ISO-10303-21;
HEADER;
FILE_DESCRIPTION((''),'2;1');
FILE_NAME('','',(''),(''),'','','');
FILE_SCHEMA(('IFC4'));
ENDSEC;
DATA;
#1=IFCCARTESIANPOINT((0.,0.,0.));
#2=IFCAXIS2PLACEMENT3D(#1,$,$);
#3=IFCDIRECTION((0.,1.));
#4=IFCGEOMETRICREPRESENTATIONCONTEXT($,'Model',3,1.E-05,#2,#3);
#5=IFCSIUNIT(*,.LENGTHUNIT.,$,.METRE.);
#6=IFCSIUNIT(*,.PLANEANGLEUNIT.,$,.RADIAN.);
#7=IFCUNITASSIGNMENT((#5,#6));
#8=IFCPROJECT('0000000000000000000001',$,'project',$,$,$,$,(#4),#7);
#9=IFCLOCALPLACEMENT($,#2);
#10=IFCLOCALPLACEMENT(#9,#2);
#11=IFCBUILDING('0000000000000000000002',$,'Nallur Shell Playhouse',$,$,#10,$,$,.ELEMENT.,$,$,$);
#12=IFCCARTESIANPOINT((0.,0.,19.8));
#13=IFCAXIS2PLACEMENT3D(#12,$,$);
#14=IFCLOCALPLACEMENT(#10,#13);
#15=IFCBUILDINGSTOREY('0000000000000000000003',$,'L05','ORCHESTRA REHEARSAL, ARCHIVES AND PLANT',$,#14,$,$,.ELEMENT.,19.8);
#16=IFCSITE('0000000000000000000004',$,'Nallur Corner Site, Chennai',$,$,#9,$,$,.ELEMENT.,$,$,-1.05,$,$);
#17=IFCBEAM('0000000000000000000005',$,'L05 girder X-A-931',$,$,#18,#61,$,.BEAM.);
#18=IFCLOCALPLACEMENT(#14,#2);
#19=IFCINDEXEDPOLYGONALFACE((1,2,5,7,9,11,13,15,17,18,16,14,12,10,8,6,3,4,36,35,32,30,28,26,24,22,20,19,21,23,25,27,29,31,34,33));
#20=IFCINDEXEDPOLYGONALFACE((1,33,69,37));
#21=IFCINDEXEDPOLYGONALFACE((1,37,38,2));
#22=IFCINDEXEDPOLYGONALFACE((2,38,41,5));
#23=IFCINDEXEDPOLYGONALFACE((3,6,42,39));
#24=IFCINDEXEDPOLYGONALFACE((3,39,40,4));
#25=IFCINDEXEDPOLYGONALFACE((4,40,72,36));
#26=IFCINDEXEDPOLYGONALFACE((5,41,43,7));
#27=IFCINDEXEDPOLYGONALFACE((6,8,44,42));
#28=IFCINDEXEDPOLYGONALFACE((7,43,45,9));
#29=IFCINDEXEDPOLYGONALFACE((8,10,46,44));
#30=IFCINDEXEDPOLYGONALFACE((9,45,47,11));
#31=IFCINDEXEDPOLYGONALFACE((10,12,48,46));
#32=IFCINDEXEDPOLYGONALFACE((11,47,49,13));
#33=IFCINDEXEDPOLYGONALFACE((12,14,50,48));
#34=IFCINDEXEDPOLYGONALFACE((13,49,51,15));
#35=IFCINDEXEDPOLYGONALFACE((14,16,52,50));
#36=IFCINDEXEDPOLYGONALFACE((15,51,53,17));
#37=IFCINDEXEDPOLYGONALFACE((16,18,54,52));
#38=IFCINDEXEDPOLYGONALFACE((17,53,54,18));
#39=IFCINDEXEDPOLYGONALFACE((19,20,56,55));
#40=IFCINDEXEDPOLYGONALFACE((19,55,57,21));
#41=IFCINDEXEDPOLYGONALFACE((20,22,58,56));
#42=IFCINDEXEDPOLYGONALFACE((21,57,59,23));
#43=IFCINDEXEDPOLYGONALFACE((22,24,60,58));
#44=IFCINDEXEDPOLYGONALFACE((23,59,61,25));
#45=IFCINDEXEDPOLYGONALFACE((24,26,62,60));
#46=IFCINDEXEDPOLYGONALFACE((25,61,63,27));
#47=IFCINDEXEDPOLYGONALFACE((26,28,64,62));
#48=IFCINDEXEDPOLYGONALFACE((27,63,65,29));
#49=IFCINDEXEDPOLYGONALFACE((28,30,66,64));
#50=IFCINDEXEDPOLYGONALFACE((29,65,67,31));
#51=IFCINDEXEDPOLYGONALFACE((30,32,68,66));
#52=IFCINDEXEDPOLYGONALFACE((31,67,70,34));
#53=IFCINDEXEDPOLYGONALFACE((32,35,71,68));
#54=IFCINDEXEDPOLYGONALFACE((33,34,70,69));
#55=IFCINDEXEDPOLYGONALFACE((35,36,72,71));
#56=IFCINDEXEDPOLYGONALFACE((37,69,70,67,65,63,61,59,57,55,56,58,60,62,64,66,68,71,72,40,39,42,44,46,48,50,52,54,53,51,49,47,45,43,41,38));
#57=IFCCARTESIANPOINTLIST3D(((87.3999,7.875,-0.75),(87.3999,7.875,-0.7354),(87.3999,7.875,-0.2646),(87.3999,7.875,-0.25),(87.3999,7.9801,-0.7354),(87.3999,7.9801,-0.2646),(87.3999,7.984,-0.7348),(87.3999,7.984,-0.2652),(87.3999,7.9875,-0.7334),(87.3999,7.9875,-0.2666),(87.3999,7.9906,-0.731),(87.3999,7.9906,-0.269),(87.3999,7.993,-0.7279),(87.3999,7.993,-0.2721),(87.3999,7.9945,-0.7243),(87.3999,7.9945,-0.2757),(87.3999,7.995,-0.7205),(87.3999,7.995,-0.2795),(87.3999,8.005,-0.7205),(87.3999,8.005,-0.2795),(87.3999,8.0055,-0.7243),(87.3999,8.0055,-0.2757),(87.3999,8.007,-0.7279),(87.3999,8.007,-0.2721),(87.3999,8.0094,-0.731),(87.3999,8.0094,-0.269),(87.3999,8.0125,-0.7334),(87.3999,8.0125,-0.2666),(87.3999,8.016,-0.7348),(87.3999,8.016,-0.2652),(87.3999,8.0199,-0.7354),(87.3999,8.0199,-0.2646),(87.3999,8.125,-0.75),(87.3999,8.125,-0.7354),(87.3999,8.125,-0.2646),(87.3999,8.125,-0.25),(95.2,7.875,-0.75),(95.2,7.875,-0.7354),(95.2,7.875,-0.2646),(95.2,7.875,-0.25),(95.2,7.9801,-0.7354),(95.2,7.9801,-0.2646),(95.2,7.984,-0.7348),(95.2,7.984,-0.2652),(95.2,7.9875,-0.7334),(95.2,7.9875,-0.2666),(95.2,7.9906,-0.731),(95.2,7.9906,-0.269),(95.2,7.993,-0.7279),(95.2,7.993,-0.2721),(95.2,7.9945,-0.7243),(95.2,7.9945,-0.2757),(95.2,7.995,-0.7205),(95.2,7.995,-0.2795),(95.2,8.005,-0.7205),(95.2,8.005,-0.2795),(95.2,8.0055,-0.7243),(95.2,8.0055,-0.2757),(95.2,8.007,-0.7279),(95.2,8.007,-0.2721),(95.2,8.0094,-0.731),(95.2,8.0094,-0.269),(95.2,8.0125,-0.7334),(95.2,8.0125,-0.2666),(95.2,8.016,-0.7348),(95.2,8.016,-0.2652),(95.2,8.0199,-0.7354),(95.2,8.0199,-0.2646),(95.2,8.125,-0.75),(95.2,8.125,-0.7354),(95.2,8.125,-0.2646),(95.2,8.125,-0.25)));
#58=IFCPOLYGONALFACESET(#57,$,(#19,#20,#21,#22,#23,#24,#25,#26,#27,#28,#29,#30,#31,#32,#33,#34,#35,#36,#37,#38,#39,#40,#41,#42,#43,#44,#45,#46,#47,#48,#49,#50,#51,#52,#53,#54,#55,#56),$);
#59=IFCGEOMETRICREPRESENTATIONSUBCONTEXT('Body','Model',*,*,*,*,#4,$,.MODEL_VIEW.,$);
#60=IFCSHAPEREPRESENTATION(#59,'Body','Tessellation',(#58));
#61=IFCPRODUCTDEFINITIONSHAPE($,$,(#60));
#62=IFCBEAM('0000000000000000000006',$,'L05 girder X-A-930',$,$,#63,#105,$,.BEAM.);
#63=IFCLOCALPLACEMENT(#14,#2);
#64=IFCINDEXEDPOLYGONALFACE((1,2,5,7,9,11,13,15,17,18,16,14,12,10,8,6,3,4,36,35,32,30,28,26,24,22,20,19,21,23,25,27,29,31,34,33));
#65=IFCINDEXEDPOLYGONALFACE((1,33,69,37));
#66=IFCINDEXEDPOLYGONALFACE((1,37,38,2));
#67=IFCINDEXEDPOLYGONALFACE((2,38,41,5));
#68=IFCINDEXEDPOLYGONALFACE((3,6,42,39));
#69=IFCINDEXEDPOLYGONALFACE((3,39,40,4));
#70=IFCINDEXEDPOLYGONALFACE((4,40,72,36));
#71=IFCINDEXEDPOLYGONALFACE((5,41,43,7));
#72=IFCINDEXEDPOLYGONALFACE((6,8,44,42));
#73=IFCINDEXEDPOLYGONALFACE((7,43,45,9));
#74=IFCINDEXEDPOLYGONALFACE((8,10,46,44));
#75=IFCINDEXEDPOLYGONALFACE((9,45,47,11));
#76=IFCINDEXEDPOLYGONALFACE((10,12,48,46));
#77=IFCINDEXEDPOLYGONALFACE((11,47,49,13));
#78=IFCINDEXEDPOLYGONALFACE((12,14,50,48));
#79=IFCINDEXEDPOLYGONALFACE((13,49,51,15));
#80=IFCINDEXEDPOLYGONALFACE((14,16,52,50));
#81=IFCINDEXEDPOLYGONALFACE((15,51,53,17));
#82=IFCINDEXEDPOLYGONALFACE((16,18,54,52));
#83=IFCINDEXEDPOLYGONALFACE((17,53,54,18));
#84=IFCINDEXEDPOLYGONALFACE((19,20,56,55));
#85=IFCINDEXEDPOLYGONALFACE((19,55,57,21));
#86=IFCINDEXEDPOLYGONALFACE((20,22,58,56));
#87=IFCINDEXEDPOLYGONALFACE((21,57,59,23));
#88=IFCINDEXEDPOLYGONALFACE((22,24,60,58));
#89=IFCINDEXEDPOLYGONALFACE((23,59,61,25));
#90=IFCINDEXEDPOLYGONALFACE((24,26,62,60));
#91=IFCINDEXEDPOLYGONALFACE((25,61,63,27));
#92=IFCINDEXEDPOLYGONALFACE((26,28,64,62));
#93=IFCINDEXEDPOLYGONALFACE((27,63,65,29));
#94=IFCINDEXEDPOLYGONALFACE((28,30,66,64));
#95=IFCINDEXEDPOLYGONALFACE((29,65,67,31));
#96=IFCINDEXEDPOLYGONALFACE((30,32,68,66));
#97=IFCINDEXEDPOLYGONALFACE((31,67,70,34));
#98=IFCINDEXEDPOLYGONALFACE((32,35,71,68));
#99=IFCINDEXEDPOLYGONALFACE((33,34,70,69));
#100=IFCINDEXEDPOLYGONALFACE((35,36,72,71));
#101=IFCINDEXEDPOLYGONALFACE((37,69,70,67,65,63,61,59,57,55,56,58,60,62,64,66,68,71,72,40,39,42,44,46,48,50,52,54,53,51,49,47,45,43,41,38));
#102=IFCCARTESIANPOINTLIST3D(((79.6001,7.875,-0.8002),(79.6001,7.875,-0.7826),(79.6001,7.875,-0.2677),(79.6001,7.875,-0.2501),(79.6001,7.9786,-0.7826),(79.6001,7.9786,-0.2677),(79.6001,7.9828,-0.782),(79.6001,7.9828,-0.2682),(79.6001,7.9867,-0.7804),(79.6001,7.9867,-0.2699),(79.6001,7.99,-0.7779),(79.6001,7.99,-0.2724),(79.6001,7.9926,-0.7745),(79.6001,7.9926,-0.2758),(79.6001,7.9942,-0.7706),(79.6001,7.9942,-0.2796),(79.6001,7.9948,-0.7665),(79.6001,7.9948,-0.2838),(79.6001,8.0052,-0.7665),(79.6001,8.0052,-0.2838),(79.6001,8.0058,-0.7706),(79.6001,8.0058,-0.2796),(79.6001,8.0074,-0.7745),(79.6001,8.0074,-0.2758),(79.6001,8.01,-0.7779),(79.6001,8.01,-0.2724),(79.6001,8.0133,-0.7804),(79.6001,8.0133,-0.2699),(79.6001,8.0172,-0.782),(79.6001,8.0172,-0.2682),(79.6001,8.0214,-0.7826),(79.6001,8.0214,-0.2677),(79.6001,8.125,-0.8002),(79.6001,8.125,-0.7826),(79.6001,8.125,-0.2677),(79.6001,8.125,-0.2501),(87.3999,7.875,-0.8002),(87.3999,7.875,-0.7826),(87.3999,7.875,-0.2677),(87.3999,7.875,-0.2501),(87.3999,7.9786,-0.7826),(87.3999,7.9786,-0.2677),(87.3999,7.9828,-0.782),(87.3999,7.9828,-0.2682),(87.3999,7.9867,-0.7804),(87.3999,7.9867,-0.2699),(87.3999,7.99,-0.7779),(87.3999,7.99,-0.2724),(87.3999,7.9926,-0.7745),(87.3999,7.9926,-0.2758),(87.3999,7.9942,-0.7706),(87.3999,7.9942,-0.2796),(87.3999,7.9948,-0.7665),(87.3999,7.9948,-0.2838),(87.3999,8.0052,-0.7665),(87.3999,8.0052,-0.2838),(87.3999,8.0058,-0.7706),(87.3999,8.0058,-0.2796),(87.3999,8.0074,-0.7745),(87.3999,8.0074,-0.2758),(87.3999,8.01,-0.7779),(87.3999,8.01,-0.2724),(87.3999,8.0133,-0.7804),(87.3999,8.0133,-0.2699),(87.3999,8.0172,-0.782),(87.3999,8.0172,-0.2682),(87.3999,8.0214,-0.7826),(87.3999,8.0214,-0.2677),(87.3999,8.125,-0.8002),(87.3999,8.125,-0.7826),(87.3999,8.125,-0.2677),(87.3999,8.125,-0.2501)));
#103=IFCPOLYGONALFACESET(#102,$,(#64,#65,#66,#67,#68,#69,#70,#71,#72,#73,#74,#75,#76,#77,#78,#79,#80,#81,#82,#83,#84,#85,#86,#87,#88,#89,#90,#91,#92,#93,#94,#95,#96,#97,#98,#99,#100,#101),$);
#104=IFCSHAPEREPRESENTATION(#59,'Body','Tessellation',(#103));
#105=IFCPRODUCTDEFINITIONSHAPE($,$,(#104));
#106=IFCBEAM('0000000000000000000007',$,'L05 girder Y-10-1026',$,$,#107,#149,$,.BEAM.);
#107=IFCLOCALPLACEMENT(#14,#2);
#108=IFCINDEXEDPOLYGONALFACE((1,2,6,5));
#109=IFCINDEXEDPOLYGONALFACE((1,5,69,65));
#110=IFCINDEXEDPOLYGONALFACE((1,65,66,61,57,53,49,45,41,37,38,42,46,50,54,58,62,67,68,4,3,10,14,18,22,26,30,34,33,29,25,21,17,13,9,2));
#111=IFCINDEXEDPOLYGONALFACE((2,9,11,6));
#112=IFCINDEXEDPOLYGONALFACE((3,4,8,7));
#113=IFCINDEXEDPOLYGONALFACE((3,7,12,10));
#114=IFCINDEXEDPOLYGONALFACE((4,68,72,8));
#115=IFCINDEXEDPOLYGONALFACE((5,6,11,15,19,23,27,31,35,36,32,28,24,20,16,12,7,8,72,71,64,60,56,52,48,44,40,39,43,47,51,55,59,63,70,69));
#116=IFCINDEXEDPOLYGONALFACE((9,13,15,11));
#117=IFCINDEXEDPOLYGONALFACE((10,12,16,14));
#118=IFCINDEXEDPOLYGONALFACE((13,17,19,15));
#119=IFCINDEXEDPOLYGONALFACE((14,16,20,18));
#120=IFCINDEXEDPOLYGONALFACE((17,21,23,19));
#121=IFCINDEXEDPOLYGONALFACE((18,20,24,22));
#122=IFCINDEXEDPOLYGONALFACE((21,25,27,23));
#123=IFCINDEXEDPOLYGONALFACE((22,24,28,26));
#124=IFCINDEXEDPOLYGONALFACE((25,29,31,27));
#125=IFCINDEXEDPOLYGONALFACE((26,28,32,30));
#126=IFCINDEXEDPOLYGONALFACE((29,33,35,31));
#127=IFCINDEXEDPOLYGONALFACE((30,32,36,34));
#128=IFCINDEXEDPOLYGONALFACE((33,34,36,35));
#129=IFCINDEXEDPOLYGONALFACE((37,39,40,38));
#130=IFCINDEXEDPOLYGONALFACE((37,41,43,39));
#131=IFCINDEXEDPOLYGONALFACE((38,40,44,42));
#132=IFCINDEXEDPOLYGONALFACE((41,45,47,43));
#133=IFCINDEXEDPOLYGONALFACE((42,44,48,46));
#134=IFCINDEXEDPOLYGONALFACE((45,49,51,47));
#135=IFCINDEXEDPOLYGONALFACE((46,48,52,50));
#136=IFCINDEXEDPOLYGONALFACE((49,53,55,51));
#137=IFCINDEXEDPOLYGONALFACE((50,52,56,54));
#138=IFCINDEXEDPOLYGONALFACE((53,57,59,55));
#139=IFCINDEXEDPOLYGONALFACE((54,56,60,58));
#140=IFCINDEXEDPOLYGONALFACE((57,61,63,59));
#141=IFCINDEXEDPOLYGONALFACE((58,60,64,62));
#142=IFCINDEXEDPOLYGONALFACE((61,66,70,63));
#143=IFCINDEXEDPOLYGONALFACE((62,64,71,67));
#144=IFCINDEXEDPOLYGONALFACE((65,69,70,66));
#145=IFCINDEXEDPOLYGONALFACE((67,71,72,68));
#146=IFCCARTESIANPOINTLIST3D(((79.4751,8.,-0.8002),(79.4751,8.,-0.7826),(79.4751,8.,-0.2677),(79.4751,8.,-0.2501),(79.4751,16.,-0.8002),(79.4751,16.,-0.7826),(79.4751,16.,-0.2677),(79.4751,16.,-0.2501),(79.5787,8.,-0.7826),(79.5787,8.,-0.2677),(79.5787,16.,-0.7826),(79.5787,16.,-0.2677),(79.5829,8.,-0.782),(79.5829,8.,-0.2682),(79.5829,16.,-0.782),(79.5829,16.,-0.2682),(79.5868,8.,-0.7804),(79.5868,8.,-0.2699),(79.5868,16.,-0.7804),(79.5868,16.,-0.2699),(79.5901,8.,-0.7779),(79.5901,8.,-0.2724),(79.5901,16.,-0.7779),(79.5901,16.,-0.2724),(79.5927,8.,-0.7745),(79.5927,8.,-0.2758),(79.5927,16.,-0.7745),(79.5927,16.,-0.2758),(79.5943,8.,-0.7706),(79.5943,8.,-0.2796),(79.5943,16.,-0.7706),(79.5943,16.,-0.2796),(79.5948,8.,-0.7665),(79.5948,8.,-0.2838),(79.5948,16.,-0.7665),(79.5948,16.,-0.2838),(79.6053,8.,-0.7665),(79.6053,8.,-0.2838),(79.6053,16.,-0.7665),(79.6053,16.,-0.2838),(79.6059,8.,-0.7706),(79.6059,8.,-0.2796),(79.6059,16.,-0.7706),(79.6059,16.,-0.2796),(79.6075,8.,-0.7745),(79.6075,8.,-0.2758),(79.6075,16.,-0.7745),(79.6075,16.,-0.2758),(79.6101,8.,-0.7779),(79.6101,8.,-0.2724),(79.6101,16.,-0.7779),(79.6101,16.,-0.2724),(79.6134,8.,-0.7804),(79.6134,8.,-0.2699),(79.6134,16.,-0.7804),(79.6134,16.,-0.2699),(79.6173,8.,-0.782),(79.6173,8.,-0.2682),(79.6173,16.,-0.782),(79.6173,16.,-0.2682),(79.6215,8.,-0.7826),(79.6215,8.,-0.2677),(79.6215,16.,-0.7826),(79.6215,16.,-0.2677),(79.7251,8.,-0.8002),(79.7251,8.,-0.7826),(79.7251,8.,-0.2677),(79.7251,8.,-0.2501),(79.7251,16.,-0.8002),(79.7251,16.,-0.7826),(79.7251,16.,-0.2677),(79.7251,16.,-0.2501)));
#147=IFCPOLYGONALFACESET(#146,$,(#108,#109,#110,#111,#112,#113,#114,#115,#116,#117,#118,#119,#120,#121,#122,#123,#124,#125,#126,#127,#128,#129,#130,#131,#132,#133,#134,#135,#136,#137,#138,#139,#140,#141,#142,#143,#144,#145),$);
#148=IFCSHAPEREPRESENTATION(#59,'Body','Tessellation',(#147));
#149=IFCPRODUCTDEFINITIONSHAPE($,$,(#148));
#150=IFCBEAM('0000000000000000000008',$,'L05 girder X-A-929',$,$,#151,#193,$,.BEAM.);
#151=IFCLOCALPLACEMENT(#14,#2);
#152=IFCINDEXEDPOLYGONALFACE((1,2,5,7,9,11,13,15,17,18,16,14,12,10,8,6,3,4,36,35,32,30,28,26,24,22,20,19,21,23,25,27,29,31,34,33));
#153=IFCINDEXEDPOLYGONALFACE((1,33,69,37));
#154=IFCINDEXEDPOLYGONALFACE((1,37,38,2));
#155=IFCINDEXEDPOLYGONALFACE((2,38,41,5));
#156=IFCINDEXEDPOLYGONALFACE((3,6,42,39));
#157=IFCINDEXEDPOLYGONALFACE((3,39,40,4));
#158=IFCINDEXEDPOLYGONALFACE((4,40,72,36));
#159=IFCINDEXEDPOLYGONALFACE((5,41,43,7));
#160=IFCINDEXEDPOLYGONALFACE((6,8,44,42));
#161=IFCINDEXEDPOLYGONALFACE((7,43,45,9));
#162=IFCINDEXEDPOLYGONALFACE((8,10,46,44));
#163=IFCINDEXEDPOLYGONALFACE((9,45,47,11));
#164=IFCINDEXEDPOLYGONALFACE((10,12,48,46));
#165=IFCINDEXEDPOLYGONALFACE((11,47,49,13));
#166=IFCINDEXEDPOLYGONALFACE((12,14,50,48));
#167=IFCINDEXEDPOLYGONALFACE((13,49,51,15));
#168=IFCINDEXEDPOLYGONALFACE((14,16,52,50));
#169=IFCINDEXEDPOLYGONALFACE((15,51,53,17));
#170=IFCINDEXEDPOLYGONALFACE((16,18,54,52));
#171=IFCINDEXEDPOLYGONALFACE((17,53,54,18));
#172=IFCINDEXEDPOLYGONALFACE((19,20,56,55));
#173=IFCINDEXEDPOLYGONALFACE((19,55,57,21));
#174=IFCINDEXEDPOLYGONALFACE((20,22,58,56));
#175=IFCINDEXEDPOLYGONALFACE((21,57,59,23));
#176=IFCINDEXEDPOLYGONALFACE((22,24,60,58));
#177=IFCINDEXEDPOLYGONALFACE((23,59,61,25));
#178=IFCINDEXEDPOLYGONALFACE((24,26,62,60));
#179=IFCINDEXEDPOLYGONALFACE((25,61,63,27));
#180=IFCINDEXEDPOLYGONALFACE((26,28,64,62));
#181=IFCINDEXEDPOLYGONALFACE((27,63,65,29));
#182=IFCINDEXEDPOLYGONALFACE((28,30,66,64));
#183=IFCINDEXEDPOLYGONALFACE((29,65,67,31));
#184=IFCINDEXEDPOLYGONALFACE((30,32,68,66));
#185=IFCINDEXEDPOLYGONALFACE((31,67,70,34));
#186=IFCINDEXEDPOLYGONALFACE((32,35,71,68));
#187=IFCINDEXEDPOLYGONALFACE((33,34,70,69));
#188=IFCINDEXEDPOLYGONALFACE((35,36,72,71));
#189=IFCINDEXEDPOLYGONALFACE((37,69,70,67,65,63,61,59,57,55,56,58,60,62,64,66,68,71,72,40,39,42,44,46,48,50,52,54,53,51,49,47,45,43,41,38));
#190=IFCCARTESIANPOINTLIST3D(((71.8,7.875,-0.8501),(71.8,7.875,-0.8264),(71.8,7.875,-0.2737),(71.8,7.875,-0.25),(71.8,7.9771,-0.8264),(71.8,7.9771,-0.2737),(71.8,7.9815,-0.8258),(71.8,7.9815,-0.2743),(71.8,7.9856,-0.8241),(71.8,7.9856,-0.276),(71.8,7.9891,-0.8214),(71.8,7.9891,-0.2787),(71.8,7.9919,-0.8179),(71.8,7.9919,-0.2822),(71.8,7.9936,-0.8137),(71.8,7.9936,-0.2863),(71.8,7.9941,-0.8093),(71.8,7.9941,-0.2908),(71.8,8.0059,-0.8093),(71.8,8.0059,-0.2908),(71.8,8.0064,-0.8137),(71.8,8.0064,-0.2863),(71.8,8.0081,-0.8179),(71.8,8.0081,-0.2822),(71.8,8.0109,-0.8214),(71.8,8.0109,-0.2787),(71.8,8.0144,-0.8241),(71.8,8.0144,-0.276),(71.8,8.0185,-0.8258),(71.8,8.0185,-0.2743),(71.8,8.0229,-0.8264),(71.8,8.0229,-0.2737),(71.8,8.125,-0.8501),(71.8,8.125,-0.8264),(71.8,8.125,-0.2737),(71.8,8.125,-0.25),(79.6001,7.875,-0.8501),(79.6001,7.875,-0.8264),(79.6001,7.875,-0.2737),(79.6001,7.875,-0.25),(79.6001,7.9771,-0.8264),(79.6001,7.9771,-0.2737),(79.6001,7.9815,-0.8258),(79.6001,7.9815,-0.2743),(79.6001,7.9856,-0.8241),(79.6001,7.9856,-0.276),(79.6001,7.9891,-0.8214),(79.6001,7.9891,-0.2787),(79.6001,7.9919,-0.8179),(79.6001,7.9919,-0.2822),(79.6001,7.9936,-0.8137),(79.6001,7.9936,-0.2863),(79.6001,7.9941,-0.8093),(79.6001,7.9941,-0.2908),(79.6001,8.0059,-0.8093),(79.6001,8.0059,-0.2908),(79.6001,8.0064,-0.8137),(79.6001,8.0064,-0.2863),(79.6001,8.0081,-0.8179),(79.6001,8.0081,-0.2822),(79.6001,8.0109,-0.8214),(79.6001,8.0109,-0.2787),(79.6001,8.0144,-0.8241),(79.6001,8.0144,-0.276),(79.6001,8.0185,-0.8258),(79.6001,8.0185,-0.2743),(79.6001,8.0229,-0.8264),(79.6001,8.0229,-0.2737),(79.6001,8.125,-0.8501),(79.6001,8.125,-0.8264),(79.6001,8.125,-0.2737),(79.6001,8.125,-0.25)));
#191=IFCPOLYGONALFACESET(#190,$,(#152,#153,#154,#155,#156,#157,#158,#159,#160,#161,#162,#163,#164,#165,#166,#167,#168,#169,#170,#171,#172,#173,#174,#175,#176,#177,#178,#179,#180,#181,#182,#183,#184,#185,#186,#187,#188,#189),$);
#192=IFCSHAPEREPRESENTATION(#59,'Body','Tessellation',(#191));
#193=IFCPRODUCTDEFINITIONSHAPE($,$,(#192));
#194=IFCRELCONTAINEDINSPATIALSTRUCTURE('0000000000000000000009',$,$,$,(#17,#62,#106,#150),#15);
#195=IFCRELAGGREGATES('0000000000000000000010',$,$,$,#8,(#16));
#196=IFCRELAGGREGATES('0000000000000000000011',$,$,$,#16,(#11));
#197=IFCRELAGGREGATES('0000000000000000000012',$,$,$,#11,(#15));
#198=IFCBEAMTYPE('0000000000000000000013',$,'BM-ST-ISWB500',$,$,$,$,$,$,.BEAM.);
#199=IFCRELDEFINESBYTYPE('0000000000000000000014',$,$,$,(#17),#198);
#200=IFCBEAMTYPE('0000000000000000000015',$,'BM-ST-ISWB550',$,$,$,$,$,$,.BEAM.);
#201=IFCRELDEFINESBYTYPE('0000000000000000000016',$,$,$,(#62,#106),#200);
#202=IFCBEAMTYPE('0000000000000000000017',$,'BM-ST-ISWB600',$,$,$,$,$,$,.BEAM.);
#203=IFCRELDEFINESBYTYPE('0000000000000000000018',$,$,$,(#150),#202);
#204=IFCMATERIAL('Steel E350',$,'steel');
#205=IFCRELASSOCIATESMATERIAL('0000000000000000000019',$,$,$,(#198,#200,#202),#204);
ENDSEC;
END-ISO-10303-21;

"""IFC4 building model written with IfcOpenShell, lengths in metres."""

from ifc_helpers import new_model, si_unit, direction, frame, origin, origin_2d, place, context, subcontext, project, spatial, i_section, extrude, material, material_profile, profile_set, type_object, element, save


model = new_model("IFC4")

# Units and contexts
model_context = context("Model", 3, precision=1e-05, world=origin(), true_north=direction((0.0, 1.0)))
body_context = subcontext(model_context, "Body", "Model", "MODEL_VIEW")
ifc_project = project(units=[si_unit("LENGTHUNIT", "METRE"), si_unit("PLANEANGLEUNIT", "RADIAN")], contexts=[model_context])

# Site, building, storey
site_placement = place(None, origin())
site = spatial("IfcSite", under=ifc_project, at=site_placement, Name="Nallur Corner Site, Chennai", CompositionType="ELEMENT", RefElevation=-1.05)
building_placement = place(site_placement, origin())
building = spatial("IfcBuilding", under=site, at=building_placement, Name="Nallur Shell Playhouse", CompositionType="ELEMENT")
storey_placement = place(building_placement, frame((0.0, 0.0, 19.8)))
storey = spatial("IfcBuildingStorey", under=building, at=storey_placement, Name="L05", Description="ORCHESTRA REHEARSAL, ARCHIVES AND PLANT", CompositionType="ELEMENT", Elevation=19.8)

# Beams
ifc_material_1 = material(Name="Steel E350", Category="steel")
ifc_material_profile_1 = material_profile(ifc_material_1, i_section(OverallWidth=0.25, OverallDepth=0.5, WebThickness=0.01, FlangeThickness=0.0146, FilletRadius=0.0149, at=origin_2d()), Name="ISWB 500")
ifc_profile_set_1 = profile_set([ifc_material_profile_1], Name="Steel E350")
beam_type_1 = type_object("IfcBeamType", Name="BM-ST-ISWB500", PredefinedType="BEAM", material=ifc_profile_set_1)
beam_1_placement = place(storey_placement, frame((87.3999, 8.0, -0.5), z_axis=(1.0, 0.0, 0.0), x_axis=(0.0, 1.0, 0.0)))
element("IfcBeam", 1, at=beam_1_placement, inside=storey, type_object=beam_type_1, Name="L05 girder X-A-931", PredefinedType="BEAM", context=body_context, shape_type="SweptSolid", body=[
    extrude(i_section(OverallWidth=0.25, OverallDepth=0.5, WebThickness=0.01, FlangeThickness=0.0146, FilletRadius=0.0149, at=origin_2d()), origin(), (0.0, 0.0, 1.0), 7.8),
])
ifc_material_profile_2 = material_profile(ifc_material_1, i_section(OverallWidth=0.25, OverallDepth=0.55, WebThickness=0.0105, FlangeThickness=0.0176, FilletRadius=0.0161, at=origin_2d()), Name="ISWB 550")
ifc_profile_set_2 = profile_set([ifc_material_profile_2], Name="Steel E350")
beam_type_2 = type_object("IfcBeamType", Name="BM-ST-ISWB550", PredefinedType="BEAM", material=ifc_profile_set_2)
beam_2_placement = place(storey_placement, frame((79.6001, 8.0, -0.5251), z_axis=(1.0, 0.0, 0.0), x_axis=(0.0, 1.0, 0.0)))
element("IfcBeam", 2, at=beam_2_placement, inside=storey, type_object=beam_type_2, Name="L05 girder X-A-930", PredefinedType="BEAM", context=body_context, shape_type="SweptSolid", body=[
    extrude(i_section(OverallWidth=0.25, OverallDepth=0.55, WebThickness=0.0105, FlangeThickness=0.0176, FilletRadius=0.0161, at=origin_2d()), origin(), (0.0, 0.0, 1.0), 7.7998),
])
beam_3_placement = place(storey_placement, frame((79.6001, 8.0, -0.5251), z_axis=(0.0, 1.0, 0.0), x_axis=(-1.0, 0.0, 0.0)))
element("IfcBeam", 3, at=beam_3_placement, inside=storey, type_object=beam_type_2, Name="L05 girder Y-10-1026", PredefinedType="BEAM", context=body_context, shape_type="SweptSolid", body=[
    extrude(i_section(OverallWidth=0.25, OverallDepth=0.55, WebThickness=0.0105, FlangeThickness=0.0176, FilletRadius=0.0161, at=origin_2d()), origin(), (0.0, 0.0, 1.0), 8.0),
])
ifc_material_profile_3 = material_profile(ifc_material_1, i_section(OverallWidth=0.25, OverallDepth=0.6001, WebThickness=0.0117, FlangeThickness=0.0237, FilletRadius=0.0171, at=origin_2d()), Name="ISWB 600")
ifc_profile_set_3 = profile_set([ifc_material_profile_3], Name="Steel E350")
beam_type_3 = type_object("IfcBeamType", Name="BM-ST-ISWB600", PredefinedType="BEAM", material=ifc_profile_set_3)
beam_4_placement = place(storey_placement, frame((71.8, 8.0, -0.55), z_axis=(1.0, 0.0, 0.0), x_axis=(0.0, 1.0, 0.0)))
element("IfcBeam", 4, at=beam_4_placement, inside=storey, type_object=beam_type_3, Name="L05 girder X-A-929", PredefinedType="BEAM", context=body_context, shape_type="SweptSolid", body=[
    extrude(i_section(OverallWidth=0.25, OverallDepth=0.6001, WebThickness=0.0117, FlangeThickness=0.0237, FilletRadius=0.0171, at=origin_2d()), origin(), (0.0, 0.0, 1.0), 7.8),
])

save(model, "model.ifc")
